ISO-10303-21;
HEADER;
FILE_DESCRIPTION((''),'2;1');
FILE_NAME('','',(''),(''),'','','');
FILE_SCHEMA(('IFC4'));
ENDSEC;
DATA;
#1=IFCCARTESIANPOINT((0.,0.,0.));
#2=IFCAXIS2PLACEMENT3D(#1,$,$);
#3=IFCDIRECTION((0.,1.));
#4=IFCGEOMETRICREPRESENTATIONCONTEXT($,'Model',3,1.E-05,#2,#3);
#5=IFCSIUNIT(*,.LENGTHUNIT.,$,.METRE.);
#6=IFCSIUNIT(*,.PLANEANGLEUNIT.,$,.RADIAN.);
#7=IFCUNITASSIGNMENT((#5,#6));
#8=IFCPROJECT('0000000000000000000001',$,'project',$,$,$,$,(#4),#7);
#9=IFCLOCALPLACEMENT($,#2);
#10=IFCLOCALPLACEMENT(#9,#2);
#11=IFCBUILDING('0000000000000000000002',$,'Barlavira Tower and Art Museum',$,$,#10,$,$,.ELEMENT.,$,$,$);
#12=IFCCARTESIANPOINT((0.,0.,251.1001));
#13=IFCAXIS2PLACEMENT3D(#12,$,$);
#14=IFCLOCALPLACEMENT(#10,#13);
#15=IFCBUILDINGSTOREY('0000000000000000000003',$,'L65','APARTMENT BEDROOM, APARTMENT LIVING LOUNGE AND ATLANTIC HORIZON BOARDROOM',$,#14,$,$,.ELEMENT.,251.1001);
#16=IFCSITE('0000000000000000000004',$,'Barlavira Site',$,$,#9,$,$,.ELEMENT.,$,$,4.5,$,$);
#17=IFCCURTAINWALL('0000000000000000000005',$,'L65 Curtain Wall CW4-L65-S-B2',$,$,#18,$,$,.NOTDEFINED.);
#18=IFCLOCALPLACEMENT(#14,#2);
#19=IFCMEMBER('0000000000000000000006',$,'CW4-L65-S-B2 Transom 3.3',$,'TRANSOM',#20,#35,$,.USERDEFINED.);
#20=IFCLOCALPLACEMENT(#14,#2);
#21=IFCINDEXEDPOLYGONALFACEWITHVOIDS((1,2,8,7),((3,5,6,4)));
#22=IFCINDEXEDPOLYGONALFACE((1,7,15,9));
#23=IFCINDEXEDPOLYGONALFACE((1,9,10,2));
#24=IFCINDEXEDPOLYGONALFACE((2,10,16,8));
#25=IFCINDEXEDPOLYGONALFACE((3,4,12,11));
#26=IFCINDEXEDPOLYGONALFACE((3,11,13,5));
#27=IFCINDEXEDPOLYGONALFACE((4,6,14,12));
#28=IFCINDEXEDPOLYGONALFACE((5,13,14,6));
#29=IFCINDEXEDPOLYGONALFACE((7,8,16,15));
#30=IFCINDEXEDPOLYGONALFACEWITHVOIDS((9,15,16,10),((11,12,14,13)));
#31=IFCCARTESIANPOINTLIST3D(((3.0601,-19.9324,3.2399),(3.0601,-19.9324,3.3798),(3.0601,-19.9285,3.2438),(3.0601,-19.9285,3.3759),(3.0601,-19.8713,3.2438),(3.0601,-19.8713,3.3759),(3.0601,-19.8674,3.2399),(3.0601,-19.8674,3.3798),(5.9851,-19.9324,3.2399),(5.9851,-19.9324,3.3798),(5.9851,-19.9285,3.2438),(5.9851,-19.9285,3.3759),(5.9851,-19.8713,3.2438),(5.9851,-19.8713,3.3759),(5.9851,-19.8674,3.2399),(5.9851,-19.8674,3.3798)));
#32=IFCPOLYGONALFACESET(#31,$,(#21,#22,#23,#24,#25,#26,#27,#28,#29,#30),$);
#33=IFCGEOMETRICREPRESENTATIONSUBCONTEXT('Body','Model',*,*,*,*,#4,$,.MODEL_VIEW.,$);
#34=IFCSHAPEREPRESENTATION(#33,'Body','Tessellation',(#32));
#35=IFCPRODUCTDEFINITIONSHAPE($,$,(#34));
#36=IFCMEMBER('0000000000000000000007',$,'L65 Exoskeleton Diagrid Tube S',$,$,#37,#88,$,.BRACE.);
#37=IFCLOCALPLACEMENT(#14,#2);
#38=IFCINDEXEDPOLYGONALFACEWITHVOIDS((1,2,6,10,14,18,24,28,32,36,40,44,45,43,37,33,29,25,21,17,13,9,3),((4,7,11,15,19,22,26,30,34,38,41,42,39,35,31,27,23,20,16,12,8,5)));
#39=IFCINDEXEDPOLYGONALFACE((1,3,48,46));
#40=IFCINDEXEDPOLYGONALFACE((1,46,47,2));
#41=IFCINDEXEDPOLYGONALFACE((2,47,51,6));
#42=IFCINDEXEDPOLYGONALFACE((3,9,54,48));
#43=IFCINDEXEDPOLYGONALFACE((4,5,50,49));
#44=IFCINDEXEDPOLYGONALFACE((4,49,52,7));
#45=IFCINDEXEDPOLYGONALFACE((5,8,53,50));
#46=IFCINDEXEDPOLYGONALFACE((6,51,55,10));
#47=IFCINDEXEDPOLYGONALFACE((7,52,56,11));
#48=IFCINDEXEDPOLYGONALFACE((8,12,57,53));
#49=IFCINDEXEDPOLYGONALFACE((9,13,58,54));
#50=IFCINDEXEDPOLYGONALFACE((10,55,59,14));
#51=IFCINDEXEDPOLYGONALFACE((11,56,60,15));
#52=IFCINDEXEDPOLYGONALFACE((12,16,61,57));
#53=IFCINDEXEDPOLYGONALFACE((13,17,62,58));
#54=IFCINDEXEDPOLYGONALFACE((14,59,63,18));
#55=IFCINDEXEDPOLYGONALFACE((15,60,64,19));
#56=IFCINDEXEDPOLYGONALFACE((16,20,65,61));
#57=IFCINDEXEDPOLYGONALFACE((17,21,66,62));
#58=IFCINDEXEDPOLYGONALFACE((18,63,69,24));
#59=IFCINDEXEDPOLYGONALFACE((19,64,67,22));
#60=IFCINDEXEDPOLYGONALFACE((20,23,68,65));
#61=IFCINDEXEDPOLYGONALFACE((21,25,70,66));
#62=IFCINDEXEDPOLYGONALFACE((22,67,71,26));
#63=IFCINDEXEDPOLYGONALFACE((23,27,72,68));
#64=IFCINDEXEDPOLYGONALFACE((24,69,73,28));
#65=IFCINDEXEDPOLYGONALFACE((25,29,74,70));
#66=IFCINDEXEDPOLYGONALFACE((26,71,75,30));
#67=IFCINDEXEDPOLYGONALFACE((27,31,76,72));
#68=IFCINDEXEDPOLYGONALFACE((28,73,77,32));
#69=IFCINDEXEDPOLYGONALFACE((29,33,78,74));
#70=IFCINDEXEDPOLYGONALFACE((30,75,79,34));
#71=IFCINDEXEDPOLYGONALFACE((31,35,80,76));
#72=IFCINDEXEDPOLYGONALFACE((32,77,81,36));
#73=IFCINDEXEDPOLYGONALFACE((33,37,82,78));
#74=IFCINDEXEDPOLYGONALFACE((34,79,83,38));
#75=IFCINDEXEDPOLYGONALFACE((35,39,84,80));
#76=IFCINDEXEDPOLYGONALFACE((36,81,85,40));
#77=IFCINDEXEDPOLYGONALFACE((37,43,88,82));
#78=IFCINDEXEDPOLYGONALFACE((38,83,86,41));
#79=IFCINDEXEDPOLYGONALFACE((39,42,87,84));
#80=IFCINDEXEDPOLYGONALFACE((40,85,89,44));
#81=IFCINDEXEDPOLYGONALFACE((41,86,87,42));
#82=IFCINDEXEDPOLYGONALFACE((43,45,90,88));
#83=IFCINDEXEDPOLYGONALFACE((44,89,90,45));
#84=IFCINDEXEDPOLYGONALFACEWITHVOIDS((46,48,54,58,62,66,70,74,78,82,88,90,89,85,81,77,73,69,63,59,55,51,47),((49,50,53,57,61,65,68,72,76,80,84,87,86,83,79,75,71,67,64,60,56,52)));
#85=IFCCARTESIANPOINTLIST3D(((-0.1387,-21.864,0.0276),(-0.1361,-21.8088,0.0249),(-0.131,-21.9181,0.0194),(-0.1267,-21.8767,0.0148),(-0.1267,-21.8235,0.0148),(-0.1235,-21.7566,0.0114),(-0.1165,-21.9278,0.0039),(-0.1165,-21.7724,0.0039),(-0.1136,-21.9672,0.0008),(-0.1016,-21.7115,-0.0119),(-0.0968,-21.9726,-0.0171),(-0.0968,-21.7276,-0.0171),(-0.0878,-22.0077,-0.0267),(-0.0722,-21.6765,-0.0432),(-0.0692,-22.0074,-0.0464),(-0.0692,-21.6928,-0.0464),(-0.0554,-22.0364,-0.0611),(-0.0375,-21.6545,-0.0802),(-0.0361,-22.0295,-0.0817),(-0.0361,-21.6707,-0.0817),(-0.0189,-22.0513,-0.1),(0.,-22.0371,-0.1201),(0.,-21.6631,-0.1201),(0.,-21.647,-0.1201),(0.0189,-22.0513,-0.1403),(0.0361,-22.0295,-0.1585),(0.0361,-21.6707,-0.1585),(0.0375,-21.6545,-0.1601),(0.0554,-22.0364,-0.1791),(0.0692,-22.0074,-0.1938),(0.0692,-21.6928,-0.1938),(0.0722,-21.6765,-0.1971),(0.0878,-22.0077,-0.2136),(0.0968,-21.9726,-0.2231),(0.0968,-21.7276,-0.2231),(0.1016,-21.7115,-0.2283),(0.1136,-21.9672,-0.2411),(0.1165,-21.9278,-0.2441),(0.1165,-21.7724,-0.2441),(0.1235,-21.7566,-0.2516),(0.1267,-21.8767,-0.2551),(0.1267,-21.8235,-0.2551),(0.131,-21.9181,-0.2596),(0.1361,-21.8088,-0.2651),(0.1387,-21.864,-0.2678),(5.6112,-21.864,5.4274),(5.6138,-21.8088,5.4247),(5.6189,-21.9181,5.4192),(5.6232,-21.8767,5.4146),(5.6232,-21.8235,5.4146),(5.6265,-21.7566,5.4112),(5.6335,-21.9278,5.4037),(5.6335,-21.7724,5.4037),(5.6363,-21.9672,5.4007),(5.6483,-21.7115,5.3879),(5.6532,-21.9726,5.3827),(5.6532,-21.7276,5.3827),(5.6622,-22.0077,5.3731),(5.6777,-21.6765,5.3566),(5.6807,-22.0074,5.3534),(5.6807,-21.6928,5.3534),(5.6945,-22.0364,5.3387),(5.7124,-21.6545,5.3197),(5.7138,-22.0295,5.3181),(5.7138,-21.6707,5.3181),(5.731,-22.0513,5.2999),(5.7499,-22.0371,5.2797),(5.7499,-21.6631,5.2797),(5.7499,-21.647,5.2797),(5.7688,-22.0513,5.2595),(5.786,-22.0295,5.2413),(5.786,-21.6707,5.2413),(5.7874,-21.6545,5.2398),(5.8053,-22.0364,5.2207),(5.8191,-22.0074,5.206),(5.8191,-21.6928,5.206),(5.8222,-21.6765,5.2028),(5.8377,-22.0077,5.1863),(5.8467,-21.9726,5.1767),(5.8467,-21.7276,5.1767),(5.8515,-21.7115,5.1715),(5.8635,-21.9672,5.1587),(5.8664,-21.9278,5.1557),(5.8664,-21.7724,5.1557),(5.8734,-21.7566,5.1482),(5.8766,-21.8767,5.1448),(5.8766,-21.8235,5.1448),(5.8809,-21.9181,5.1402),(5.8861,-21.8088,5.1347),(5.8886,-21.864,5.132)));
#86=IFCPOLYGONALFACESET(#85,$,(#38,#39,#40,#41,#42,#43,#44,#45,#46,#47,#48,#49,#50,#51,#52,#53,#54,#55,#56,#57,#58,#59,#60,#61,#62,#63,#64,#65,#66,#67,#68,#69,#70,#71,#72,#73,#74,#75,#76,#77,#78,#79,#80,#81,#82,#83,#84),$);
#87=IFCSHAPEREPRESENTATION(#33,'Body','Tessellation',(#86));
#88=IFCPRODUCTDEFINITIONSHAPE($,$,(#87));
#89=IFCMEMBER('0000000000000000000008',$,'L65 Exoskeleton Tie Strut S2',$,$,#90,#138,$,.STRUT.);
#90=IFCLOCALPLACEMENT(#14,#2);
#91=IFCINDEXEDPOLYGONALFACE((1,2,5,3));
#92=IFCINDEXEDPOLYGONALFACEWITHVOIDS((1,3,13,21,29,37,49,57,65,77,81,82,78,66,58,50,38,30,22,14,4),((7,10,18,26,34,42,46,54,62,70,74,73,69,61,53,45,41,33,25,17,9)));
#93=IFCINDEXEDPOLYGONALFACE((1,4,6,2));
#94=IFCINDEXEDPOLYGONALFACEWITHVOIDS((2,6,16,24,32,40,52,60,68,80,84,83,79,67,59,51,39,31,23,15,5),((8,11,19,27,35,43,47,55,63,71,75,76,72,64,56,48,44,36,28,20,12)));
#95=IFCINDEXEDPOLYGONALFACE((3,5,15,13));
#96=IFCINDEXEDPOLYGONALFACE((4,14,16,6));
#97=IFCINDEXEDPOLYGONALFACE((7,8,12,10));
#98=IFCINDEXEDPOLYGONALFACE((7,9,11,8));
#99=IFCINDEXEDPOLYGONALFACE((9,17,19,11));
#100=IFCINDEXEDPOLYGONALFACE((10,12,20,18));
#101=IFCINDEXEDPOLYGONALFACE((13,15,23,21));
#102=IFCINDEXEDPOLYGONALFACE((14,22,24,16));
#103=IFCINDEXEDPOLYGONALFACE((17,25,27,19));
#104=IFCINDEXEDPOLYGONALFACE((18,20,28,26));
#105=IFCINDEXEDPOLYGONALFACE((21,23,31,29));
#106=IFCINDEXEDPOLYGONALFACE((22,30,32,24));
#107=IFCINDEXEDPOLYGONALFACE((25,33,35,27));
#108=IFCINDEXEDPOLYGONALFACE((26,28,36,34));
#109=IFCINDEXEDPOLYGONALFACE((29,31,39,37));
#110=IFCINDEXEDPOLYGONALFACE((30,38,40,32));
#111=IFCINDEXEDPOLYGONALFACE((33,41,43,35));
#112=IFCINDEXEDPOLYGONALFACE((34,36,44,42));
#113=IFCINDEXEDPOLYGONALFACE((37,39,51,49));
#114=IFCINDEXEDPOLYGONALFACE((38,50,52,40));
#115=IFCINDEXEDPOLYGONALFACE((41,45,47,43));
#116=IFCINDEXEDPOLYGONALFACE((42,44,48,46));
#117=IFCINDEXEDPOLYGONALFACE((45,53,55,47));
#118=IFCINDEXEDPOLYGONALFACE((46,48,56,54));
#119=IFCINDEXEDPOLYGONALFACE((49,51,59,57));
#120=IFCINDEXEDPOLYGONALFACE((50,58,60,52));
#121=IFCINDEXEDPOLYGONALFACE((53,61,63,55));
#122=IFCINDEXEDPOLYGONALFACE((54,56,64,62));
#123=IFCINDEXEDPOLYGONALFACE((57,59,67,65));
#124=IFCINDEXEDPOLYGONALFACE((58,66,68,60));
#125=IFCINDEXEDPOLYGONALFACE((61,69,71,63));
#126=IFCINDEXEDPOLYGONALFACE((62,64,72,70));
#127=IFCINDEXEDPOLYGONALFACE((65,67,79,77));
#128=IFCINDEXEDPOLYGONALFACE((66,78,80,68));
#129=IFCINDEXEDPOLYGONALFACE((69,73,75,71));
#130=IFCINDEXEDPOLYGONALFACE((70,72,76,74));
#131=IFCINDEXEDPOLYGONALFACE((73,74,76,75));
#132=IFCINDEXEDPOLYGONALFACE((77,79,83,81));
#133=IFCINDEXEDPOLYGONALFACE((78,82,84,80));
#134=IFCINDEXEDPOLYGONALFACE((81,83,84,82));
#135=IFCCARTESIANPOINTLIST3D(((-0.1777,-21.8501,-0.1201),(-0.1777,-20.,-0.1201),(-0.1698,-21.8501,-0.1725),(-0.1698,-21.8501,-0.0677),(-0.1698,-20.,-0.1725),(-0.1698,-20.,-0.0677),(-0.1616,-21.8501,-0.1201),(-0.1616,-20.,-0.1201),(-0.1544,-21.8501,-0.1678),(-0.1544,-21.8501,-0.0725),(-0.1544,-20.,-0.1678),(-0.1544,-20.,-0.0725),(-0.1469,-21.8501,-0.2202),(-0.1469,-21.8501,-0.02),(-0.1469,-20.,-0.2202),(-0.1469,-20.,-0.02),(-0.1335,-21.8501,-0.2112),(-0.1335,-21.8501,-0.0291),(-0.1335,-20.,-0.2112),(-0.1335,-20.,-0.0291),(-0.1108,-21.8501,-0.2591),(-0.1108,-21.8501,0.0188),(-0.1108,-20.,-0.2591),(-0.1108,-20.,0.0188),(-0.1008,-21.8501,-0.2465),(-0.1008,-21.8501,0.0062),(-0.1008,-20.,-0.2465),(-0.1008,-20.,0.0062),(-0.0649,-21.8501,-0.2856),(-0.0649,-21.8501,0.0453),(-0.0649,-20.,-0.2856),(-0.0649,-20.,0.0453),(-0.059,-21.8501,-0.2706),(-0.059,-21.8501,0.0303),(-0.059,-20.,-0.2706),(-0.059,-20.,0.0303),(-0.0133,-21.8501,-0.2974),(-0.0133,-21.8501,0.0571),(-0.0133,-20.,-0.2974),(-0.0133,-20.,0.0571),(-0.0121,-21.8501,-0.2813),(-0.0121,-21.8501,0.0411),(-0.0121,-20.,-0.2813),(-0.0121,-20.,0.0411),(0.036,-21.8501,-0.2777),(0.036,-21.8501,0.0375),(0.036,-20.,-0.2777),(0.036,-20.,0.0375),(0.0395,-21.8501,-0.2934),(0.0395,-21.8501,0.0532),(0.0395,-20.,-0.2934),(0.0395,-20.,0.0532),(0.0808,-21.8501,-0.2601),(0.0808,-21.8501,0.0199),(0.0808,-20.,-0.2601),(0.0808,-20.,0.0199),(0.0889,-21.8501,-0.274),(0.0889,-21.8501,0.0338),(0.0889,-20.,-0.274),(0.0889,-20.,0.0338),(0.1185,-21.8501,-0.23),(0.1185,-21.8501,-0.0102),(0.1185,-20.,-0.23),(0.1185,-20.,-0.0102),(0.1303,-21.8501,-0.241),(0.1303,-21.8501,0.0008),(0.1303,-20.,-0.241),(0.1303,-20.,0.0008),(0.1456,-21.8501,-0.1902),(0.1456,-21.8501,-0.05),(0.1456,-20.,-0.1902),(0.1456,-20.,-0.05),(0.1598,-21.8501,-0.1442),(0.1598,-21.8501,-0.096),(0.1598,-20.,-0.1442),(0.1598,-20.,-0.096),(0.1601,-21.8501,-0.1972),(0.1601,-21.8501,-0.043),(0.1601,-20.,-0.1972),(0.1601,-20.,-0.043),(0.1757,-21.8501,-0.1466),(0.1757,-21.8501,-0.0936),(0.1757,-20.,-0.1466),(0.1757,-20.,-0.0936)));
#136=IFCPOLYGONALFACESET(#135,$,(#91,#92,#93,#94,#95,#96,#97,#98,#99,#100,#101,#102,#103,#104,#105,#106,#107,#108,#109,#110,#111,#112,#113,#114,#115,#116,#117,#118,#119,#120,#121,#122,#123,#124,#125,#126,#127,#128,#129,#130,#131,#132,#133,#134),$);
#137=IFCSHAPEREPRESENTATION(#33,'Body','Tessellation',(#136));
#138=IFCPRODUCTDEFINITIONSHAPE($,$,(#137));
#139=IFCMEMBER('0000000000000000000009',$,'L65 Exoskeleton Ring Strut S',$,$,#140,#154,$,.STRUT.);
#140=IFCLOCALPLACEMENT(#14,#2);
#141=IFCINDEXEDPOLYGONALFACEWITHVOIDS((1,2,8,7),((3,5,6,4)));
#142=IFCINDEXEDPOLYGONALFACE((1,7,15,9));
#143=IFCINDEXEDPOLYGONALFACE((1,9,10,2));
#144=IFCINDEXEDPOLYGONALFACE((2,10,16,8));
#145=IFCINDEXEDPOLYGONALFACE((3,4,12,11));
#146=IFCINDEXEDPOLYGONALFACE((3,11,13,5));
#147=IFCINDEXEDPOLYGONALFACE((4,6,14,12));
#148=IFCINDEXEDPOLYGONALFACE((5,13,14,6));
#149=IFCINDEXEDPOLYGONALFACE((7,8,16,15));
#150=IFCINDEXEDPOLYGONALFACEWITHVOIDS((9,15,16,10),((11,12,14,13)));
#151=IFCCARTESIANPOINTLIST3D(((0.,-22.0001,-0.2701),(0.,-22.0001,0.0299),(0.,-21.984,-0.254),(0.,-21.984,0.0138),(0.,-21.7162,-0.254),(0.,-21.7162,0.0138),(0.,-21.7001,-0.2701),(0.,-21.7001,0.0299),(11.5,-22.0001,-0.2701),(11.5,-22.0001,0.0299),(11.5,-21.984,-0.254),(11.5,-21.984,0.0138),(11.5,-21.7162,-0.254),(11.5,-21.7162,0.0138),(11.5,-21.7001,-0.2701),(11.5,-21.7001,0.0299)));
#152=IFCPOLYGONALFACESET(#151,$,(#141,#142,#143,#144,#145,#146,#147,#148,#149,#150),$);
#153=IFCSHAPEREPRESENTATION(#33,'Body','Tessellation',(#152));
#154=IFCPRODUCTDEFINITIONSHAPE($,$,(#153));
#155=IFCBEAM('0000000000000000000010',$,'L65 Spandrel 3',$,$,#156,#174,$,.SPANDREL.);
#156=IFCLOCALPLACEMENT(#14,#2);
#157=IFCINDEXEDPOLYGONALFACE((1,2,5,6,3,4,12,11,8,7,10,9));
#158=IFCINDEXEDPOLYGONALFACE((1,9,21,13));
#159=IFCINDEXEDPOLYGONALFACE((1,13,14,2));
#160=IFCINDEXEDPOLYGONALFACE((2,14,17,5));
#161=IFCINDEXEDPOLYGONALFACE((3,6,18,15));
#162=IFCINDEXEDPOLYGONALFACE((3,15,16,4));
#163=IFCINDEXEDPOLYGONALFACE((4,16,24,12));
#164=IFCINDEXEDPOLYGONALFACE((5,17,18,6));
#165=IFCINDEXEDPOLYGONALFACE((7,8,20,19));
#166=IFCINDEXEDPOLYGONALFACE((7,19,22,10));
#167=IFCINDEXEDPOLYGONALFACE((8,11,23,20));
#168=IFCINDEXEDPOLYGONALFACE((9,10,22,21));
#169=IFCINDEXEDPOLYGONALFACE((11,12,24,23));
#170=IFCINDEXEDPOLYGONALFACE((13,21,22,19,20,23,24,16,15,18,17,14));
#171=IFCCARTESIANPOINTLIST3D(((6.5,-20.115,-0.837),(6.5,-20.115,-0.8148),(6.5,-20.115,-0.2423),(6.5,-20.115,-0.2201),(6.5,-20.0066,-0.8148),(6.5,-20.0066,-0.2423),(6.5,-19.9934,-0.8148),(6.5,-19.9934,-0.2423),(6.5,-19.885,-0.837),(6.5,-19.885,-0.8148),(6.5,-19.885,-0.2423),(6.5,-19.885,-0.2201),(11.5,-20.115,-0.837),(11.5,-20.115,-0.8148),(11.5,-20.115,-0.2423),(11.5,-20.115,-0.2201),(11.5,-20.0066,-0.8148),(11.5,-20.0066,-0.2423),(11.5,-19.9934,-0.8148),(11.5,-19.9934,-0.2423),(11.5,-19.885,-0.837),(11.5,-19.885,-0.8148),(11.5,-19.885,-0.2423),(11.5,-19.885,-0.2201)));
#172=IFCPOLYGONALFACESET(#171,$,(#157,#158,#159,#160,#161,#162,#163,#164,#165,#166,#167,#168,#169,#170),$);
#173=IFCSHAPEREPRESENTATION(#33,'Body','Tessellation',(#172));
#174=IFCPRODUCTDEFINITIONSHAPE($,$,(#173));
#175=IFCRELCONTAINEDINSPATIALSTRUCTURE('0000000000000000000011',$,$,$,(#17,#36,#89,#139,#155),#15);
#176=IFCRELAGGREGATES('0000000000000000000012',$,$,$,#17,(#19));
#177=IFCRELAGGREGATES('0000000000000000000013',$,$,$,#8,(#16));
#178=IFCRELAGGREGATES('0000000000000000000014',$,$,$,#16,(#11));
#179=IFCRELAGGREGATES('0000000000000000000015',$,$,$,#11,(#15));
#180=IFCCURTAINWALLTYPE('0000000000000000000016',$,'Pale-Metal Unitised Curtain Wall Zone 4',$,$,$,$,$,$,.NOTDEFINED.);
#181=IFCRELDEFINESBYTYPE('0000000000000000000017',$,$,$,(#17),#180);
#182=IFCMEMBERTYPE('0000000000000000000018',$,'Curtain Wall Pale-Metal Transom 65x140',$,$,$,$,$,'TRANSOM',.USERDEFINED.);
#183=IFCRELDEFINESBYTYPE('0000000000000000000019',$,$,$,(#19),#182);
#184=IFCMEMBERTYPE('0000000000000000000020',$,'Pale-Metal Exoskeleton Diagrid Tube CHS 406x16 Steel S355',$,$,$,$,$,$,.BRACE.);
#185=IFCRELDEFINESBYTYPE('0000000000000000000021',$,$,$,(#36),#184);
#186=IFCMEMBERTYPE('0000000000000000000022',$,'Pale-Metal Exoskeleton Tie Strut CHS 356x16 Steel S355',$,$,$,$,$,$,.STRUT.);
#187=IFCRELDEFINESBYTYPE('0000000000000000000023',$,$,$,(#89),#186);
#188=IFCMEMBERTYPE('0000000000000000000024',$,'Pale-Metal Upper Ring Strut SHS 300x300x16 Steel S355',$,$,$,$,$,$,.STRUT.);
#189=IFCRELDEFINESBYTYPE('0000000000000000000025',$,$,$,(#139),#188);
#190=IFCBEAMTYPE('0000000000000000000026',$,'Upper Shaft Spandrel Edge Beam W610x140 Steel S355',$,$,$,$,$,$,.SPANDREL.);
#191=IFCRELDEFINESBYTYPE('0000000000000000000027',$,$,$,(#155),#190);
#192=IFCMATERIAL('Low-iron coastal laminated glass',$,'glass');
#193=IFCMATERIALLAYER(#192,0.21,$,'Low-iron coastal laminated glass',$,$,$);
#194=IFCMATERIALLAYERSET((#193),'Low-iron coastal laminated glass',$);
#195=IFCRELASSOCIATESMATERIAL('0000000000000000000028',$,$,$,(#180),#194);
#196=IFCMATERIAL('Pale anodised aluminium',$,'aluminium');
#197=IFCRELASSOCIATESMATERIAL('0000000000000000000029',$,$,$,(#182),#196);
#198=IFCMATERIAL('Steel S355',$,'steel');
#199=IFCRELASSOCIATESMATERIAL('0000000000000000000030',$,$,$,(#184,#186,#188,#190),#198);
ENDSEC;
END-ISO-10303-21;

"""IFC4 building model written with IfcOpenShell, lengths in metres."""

from ifc_helpers import new_model, si_unit, direction, frame, origin, origin_2d, place, context, subcontext, project, spatial, hollow_rectangle, hollow_circle, i_section, extrude, material, layer, layer_set, material_profile, profile_set, type_object, element, aggregate, save


model = new_model("IFC4")

# Units and contexts
model_context = context("Model", 3, precision=1e-05, world=origin(), true_north=direction((0.0, 1.0)))
body_context = subcontext(model_context, "Body", "Model", "MODEL_VIEW")
ifc_project = project(units=[si_unit("LENGTHUNIT", "METRE"), si_unit("PLANEANGLEUNIT", "RADIAN")], contexts=[model_context])

# Site, building, storey
site_placement = place(None, origin())
site = spatial("IfcSite", under=ifc_project, at=site_placement, Name="Barlavira Site", CompositionType="ELEMENT", RefElevation=4.5)
building_placement = place(site_placement, origin())
building = spatial("IfcBuilding", under=site, at=building_placement, Name="Barlavira Tower and Art Museum", CompositionType="ELEMENT")
storey_placement = place(building_placement, frame((0.0, 0.0, 251.1001)))
storey = spatial("IfcBuildingStorey", under=building, at=storey_placement, Name="L65", Description="APARTMENT BEDROOM, APARTMENT LIVING LOUNGE AND ATLANTIC HORIZON BOARDROOM", CompositionType="ELEMENT", Elevation=251.1001)

# Shared definitions
ifc_material_1 = material(Name="Steel S355", Category="steel")

# Curtain wall, member
ifc_material_2 = material(Name="Low-iron coastal laminated glass", Category="glass")
ifc_layer_1 = layer(ifc_material_2, 0.21, Name="Low-iron coastal laminated glass")
ifc_layer_set_1 = layer_set([ifc_layer_1], Name="Low-iron coastal laminated glass")
curtain_wall_type = type_object("IfcCurtainWallType", Name="Pale-Metal Unitised Curtain Wall Zone 4", PredefinedType="NOTDEFINED", material=ifc_layer_set_1)
curtain_wall_placement = place(storey_placement, origin())
curtain_wall = element("IfcCurtainWall", 1, at=curtain_wall_placement, inside=storey, type_object=curtain_wall_type, Name="L65 Curtain Wall CW4-L65-S-B2", PredefinedType="NOTDEFINED")
ifc_material_3 = material(Name="Pale anodised aluminium", Category="aluminium")
ifc_material_profile_1 = material_profile(ifc_material_3, hollow_rectangle(XDim=0.0649, YDim=0.1399, WallThickness=0.0039, at=origin_2d()), Name="ALU-TRAN 65x140x4")
ifc_profile_set_1 = profile_set([ifc_material_profile_1], Name="Pale anodised aluminium")
member_type_1 = type_object("IfcMemberType", Name="Curtain Wall Pale-Metal Transom 65x140", ElementType="TRANSOM", PredefinedType="USERDEFINED", material=ifc_profile_set_1)
member_1_placement = place(storey_placement, frame((3.0601, -19.8999, 3.3098), z_axis=(1.0, 0.0, 0.0), x_axis=(0.0, 1.0, 0.0)))
member_1 = element("IfcMember", 2, at=member_1_placement, type_object=member_type_1, Name="CW4-L65-S-B2 Transom 3.3", ObjectType="TRANSOM", PredefinedType="USERDEFINED", context=body_context, shape_type="SweptSolid", body=[
    extrude(hollow_rectangle(XDim=0.0649, YDim=0.1399, WallThickness=0.0039, at=origin_2d()), origin(), (0.0, 0.0, 1.0), 2.925),
])

# Members
ifc_material_profile_2 = material_profile(ifc_material_1, hollow_circle(Radius=0.2031, WallThickness=0.0161, at=origin_2d()), Name="CHS 406.4x16.0")
ifc_profile_set_2 = profile_set([ifc_material_profile_2], Name="Steel S355")
member_type_2 = type_object("IfcMemberType", Name="Pale-Metal Exoskeleton Diagrid Tube CHS 406x16 Steel S355", PredefinedType="BRACE", material=ifc_profile_set_2)
member_2_placement = place(storey_placement, frame((0.0, -21.8501, -0.1201), z_axis=(0.72895, 0.0, 0.684567), x_axis=(0.0, 1.0, 0.0)))
element("IfcMember", 3, at=member_2_placement, inside=storey, type_object=member_type_2, Name="L65 Exoskeleton Diagrid Tube S", PredefinedType="BRACE", context=body_context, shape_type="SweptSolid", body=[
    extrude(hollow_circle(Radius=0.2031, WallThickness=0.0161, at=origin_2d()), origin(), (0.0, 0.0, 1.0), 7.8879),
])
ifc_material_profile_3 = material_profile(ifc_material_1, hollow_circle(Radius=0.1777, WallThickness=0.0161, at=origin_2d()), Name="CHS 355.6x16.0")
ifc_profile_set_3 = profile_set([ifc_material_profile_3], Name="Steel S355")
member_type_3 = type_object("IfcMemberType", Name="Pale-Metal Exoskeleton Tie Strut CHS 356x16 Steel S355", PredefinedType="STRUT", material=ifc_profile_set_3)
member_3_placement = place(storey_placement, frame((0.0, -21.8501, -0.1201), z_axis=(0.0, 1.0, 0.0), x_axis=(-1.0, 0.0, 0.0)))
element("IfcMember", 4, at=member_3_placement, inside=storey, type_object=member_type_3, Name="L65 Exoskeleton Tie Strut S2", PredefinedType="STRUT", context=body_context, shape_type="SweptSolid", body=[
    extrude(hollow_circle(Radius=0.1777, WallThickness=0.0161, at=origin_2d()), origin(), (0.0, 0.0, 1.0), 1.8501),
])
ifc_material_profile_4 = material_profile(ifc_material_1, hollow_rectangle(XDim=0.3, YDim=0.3, WallThickness=0.0161, at=origin_2d()), Name="SHS 300x300x16.0")
ifc_profile_set_4 = profile_set([ifc_material_profile_4], Name="Steel S355")
member_type_4 = type_object("IfcMemberType", Name="Pale-Metal Upper Ring Strut SHS 300x300x16 Steel S355", PredefinedType="STRUT", material=ifc_profile_set_4)
member_4_placement = place(storey_placement, frame((0.0, -21.8501, -0.1201), z_axis=(1.0, 0.0, 0.0), x_axis=(0.0, 1.0, 0.0)))
element("IfcMember", 5, at=member_4_placement, inside=storey, type_object=member_type_4, Name="L65 Exoskeleton Ring Strut S", PredefinedType="STRUT", context=body_context, shape_type="SweptSolid", body=[
    extrude(hollow_rectangle(XDim=0.3, YDim=0.3, WallThickness=0.0161, at=origin_2d()), origin(), (0.0, 0.0, 1.0), 11.5),
])

# Beam
ifc_material_profile_5 = material_profile(ifc_material_1, i_section(OverallWidth=0.23, OverallDepth=0.6169, WebThickness=0.0132, FlangeThickness=0.0222, at=origin_2d()), Name="W610x140.0")
ifc_profile_set_5 = profile_set([ifc_material_profile_5], Name="Steel S355")
beam_type_1 = type_object("IfcBeamType", Name="Upper Shaft Spandrel Edge Beam W610x140 Steel S355", PredefinedType="SPANDREL", material=ifc_profile_set_5)
beam_1_placement = place(storey_placement, frame((6.5, -20.0, -0.5286), z_axis=(1.0, 0.0, 0.0), x_axis=(0.0, 1.0, 0.0)))
element("IfcBeam", 6, at=beam_1_placement, inside=storey, type_object=beam_type_1, Name="L65 Spandrel 3", PredefinedType="SPANDREL", context=body_context, shape_type="SweptSolid", body=[
    extrude(i_section(OverallWidth=0.23, OverallDepth=0.6169, WebThickness=0.0132, FlangeThickness=0.0222, at=origin_2d()), origin(), (0.0, 0.0, 1.0), 5.0),
])

aggregate(curtain_wall, [member_1])

save(model, "model.ifc")
